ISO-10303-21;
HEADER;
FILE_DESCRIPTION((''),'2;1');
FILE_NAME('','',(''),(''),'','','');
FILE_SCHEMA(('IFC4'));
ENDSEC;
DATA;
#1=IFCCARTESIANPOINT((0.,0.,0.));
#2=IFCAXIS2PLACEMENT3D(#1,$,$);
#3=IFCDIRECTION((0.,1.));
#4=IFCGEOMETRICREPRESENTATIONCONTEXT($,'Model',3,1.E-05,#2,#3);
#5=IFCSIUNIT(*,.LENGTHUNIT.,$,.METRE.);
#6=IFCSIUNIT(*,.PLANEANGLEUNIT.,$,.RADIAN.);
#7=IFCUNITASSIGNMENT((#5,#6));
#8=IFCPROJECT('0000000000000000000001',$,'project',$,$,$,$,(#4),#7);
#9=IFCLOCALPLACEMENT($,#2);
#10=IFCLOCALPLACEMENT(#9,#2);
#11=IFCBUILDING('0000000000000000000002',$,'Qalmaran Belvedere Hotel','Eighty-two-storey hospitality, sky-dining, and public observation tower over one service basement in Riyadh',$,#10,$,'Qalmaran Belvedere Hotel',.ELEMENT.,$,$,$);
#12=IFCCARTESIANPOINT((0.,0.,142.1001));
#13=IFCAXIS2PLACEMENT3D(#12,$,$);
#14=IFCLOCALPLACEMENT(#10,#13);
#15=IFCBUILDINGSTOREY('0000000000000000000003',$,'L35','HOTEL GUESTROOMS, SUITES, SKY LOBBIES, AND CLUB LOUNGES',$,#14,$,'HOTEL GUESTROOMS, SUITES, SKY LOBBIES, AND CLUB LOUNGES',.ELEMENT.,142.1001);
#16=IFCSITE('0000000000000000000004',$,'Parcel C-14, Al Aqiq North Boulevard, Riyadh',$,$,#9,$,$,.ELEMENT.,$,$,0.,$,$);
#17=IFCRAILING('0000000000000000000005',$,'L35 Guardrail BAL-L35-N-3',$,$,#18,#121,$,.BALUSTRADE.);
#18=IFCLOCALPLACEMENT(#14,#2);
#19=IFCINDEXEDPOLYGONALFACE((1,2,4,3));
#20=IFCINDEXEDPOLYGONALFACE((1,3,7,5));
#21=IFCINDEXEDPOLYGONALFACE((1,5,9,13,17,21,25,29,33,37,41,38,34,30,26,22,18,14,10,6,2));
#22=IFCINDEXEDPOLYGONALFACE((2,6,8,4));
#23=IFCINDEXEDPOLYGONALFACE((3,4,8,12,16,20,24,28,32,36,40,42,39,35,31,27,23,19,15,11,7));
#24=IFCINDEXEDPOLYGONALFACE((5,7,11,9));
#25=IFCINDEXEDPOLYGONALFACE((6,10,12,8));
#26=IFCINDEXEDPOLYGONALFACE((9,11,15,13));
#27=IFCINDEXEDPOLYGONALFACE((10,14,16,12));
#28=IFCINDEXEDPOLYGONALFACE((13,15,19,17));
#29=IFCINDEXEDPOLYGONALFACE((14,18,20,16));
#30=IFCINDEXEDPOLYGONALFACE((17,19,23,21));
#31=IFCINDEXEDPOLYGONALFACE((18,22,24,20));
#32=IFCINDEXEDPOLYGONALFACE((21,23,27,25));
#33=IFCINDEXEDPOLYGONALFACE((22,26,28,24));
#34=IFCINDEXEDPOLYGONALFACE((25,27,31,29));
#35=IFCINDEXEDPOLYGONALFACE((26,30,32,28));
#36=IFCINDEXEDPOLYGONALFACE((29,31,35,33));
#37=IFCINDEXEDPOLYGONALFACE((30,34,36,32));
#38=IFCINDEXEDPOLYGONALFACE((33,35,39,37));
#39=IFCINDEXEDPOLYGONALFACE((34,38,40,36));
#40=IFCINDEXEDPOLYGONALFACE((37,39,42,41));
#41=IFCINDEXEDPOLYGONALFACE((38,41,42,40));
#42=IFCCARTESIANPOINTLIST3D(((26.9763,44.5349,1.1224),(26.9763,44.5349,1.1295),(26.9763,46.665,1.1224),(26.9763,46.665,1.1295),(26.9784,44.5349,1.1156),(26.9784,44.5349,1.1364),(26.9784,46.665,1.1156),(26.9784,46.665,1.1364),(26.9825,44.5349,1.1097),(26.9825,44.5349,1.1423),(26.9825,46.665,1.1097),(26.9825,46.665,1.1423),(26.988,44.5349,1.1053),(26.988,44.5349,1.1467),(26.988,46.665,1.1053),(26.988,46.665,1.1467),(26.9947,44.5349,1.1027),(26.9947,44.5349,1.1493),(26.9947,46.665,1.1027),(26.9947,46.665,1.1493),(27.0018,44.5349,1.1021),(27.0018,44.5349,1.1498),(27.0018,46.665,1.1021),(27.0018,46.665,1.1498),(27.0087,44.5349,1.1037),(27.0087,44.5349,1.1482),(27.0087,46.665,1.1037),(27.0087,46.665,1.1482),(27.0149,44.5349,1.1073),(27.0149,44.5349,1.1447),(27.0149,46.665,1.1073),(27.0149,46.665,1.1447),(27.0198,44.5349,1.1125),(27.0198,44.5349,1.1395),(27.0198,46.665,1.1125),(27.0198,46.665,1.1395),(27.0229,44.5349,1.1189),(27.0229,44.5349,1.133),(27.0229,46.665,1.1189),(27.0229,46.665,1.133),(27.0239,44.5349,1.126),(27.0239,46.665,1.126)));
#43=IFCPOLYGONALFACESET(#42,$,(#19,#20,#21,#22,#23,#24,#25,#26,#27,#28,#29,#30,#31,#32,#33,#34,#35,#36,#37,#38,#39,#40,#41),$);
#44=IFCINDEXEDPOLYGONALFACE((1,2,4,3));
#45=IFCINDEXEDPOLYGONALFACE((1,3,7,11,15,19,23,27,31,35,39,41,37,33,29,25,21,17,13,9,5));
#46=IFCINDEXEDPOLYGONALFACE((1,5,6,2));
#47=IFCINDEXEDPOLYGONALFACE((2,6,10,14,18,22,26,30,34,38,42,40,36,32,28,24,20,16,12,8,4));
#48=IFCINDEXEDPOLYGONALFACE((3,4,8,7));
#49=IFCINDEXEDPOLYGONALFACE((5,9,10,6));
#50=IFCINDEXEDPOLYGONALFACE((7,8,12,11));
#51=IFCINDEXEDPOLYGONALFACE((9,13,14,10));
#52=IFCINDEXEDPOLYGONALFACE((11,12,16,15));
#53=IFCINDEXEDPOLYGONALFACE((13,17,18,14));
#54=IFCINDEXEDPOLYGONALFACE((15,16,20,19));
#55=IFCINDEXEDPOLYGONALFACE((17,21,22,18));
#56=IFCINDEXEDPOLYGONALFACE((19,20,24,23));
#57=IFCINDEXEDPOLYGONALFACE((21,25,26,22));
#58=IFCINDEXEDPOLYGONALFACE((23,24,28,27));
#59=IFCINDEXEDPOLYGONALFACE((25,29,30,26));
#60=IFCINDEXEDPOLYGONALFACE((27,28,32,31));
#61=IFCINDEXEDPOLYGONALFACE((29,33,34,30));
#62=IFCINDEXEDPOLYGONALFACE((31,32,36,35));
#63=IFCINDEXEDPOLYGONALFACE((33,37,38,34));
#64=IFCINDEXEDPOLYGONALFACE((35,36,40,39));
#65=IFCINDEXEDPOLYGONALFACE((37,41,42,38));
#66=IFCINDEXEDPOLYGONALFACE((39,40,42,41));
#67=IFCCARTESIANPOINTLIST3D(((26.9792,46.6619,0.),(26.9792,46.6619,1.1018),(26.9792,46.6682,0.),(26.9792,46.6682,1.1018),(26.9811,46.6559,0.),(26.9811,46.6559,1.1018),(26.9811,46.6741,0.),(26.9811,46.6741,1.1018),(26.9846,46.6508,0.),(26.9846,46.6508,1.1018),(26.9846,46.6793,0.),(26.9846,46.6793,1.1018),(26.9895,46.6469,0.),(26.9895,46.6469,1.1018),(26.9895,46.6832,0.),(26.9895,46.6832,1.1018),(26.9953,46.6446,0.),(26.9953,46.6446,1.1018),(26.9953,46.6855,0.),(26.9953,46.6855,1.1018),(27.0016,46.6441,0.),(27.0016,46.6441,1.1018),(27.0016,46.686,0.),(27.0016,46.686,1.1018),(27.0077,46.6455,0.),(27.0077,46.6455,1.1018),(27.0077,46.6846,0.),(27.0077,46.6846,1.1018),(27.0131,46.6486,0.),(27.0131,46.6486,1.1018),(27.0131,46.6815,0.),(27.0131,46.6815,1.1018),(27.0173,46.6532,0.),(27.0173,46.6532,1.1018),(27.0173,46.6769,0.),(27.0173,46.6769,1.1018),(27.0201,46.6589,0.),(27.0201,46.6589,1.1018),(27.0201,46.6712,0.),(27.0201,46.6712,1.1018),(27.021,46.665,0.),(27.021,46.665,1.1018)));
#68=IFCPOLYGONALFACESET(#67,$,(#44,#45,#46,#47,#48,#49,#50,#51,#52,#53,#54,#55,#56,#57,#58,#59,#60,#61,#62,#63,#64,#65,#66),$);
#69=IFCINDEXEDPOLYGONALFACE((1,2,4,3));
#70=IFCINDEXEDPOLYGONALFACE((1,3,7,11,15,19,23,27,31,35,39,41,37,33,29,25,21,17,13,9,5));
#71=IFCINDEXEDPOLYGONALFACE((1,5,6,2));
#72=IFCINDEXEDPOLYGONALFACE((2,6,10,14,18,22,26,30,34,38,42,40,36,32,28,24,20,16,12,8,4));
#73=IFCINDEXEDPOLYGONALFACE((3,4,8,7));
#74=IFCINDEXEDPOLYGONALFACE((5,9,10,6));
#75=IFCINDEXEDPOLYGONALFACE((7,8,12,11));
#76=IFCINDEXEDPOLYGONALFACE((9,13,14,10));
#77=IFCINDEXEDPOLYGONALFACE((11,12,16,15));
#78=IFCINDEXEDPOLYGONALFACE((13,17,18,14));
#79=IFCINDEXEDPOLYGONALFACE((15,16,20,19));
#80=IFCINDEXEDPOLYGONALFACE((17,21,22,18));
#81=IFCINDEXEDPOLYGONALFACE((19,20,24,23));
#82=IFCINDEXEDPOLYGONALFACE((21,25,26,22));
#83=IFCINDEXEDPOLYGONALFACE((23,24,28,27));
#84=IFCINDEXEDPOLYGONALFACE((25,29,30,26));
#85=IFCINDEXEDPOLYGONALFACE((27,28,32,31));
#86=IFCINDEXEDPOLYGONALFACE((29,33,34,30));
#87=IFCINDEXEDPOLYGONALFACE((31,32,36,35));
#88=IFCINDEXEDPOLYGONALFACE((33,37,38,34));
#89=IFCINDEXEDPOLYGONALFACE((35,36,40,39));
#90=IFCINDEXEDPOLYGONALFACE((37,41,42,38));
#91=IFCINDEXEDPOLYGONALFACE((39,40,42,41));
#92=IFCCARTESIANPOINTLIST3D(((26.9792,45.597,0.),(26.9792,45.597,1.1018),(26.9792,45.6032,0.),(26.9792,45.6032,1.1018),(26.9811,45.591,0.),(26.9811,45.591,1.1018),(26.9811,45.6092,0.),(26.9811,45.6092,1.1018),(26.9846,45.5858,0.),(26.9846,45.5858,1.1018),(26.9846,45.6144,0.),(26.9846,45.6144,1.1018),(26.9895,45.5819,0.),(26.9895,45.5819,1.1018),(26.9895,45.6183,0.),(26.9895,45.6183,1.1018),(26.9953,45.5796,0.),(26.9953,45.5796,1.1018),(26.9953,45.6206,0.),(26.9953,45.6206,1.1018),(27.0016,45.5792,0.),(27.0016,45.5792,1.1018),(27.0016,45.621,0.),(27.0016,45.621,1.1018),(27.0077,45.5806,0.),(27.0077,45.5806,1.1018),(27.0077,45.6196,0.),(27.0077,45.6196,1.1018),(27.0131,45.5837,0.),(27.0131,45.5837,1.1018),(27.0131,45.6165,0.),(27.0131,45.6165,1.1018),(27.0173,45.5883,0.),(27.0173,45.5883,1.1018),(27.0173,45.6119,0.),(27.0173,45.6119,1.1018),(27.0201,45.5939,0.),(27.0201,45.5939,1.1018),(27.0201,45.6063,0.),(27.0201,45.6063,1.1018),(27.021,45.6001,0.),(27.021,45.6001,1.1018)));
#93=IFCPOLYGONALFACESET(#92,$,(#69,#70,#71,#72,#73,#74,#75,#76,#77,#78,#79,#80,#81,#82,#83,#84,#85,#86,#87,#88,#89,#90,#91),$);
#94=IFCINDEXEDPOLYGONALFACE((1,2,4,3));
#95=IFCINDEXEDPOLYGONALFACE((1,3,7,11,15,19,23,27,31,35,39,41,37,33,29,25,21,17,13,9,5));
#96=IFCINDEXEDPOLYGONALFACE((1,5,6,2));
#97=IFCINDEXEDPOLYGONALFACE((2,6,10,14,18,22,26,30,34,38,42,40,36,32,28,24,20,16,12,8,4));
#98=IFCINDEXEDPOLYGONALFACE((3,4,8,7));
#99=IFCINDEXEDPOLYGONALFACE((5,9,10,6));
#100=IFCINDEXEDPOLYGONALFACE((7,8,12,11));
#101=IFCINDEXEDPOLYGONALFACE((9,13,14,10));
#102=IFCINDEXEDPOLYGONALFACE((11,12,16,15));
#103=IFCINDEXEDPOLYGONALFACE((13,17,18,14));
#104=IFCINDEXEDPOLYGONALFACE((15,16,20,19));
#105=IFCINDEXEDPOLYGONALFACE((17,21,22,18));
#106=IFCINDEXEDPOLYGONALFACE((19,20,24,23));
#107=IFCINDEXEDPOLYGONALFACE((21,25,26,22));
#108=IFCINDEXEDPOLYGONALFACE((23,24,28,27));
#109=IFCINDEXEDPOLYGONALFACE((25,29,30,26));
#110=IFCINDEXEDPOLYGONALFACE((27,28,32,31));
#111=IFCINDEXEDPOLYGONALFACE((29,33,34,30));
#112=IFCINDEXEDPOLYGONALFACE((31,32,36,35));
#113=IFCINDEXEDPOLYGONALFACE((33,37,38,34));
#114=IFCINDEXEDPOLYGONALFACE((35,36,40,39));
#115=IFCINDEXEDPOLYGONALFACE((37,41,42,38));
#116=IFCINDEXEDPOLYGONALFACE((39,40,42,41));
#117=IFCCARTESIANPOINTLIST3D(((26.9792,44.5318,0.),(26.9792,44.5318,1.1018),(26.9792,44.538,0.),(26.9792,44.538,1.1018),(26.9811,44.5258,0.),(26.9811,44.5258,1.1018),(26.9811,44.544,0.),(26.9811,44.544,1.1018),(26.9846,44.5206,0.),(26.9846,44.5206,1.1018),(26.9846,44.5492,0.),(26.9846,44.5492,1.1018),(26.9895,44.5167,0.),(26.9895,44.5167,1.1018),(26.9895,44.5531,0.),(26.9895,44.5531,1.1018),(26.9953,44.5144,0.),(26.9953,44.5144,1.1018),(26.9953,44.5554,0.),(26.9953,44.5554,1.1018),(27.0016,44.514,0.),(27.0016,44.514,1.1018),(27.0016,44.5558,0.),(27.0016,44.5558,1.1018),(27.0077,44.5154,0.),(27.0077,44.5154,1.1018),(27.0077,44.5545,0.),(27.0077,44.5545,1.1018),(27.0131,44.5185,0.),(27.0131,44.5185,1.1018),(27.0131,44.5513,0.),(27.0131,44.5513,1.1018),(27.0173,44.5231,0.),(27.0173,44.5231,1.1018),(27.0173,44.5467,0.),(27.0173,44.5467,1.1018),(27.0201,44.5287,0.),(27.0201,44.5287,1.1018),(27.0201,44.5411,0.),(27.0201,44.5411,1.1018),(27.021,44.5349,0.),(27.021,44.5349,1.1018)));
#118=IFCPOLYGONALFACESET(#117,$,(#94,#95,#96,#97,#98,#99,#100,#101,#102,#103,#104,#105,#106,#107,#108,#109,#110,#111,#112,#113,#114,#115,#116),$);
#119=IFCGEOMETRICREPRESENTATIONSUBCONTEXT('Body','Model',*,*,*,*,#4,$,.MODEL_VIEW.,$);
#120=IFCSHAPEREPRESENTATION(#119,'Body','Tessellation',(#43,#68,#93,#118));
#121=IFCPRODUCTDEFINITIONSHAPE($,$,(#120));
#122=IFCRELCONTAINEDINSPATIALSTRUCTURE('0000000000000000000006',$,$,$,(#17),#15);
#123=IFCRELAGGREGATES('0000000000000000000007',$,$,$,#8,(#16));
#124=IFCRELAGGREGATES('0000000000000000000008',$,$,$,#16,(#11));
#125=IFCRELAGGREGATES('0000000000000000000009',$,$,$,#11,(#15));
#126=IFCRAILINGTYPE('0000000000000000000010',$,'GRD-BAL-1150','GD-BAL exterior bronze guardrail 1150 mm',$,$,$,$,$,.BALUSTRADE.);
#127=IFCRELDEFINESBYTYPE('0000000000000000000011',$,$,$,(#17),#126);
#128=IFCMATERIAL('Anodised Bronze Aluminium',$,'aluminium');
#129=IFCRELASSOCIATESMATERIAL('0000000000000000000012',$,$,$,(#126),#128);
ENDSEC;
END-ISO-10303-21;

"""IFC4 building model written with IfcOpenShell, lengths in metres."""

from ifc_helpers import new_model, si_unit, direction, frame, origin, origin_2d, place, context, subcontext, project, spatial, circle, extrude, material, type_object, element, save


model = new_model("IFC4")

# Units and contexts
model_context = context("Model", 3, precision=1e-05, world=origin(), true_north=direction((0.0, 1.0)))
body_context = subcontext(model_context, "Body", "Model", "MODEL_VIEW")
ifc_project = project(units=[si_unit("LENGTHUNIT", "METRE"), si_unit("PLANEANGLEUNIT", "RADIAN")], contexts=[model_context])

# Site, building, storey
site_placement = place(None, origin())
site = spatial("IfcSite", under=ifc_project, at=site_placement, Name="Parcel C-14, Al Aqiq North Boulevard, Riyadh", CompositionType="ELEMENT", RefElevation=0.0)
building_placement = place(site_placement, origin())
building = spatial("IfcBuilding", under=site, at=building_placement, Name="Qalmaran Belvedere Hotel", Description="Eighty-two-storey hospitality, sky-dining, and public observation tower over one service basement in Riyadh", LongName="Qalmaran Belvedere Hotel", CompositionType="ELEMENT")
storey_placement = place(building_placement, frame((0.0, 0.0, 142.1001)))
storey = spatial("IfcBuildingStorey", under=building, at=storey_placement, Name="L35", Description="HOTEL GUESTROOMS, SUITES, SKY LOBBIES, AND CLUB LOUNGES", LongName="HOTEL GUESTROOMS, SUITES, SKY LOBBIES, AND CLUB LOUNGES", CompositionType="ELEMENT", Elevation=142.1001)

# Shared definitions
ifc_material_1 = material(Name="Anodised Bronze Aluminium", Category="aluminium")

# Railing
railing_type = type_object("IfcRailingType", Name="GRD-BAL-1150", Description="GD-BAL exterior bronze guardrail 1150 mm", PredefinedType="BALUSTRADE", material=ifc_material_1)
railing_1_placement = place(storey_placement, frame((27.0, 46.665, 0.0)))
element("IfcRailing", 1, at=railing_1_placement, inside=storey, type_object=railing_type, Name="L35 Guardrail BAL-L35-N-3", PredefinedType="BALUSTRADE", context=body_context, shape_type="SweptSolid", body=[
    extrude(circle(Radius=0.0239, at=origin_2d()), frame((0.0, 0.0, 1.126), z_axis=(0.0, -1.0, 0.0), x_axis=(1.0, 0.0, 0.0)), (0.0, 0.0, 1.0), 2.1301),
    extrude(circle(Radius=0.021, at=origin_2d()), origin(), (0.0, 0.0, 1.0), 1.1018),
    extrude(circle(Radius=0.021, at=origin_2d()), frame((0.0, -1.0649, 0.0)), (0.0, 0.0, 1.0), 1.1018),
    extrude(circle(Radius=0.021, at=origin_2d()), frame((0.0, -2.1301, 0.0)), (0.0, 0.0, 1.0), 1.1018),
])

save(model, "model.ifc")
